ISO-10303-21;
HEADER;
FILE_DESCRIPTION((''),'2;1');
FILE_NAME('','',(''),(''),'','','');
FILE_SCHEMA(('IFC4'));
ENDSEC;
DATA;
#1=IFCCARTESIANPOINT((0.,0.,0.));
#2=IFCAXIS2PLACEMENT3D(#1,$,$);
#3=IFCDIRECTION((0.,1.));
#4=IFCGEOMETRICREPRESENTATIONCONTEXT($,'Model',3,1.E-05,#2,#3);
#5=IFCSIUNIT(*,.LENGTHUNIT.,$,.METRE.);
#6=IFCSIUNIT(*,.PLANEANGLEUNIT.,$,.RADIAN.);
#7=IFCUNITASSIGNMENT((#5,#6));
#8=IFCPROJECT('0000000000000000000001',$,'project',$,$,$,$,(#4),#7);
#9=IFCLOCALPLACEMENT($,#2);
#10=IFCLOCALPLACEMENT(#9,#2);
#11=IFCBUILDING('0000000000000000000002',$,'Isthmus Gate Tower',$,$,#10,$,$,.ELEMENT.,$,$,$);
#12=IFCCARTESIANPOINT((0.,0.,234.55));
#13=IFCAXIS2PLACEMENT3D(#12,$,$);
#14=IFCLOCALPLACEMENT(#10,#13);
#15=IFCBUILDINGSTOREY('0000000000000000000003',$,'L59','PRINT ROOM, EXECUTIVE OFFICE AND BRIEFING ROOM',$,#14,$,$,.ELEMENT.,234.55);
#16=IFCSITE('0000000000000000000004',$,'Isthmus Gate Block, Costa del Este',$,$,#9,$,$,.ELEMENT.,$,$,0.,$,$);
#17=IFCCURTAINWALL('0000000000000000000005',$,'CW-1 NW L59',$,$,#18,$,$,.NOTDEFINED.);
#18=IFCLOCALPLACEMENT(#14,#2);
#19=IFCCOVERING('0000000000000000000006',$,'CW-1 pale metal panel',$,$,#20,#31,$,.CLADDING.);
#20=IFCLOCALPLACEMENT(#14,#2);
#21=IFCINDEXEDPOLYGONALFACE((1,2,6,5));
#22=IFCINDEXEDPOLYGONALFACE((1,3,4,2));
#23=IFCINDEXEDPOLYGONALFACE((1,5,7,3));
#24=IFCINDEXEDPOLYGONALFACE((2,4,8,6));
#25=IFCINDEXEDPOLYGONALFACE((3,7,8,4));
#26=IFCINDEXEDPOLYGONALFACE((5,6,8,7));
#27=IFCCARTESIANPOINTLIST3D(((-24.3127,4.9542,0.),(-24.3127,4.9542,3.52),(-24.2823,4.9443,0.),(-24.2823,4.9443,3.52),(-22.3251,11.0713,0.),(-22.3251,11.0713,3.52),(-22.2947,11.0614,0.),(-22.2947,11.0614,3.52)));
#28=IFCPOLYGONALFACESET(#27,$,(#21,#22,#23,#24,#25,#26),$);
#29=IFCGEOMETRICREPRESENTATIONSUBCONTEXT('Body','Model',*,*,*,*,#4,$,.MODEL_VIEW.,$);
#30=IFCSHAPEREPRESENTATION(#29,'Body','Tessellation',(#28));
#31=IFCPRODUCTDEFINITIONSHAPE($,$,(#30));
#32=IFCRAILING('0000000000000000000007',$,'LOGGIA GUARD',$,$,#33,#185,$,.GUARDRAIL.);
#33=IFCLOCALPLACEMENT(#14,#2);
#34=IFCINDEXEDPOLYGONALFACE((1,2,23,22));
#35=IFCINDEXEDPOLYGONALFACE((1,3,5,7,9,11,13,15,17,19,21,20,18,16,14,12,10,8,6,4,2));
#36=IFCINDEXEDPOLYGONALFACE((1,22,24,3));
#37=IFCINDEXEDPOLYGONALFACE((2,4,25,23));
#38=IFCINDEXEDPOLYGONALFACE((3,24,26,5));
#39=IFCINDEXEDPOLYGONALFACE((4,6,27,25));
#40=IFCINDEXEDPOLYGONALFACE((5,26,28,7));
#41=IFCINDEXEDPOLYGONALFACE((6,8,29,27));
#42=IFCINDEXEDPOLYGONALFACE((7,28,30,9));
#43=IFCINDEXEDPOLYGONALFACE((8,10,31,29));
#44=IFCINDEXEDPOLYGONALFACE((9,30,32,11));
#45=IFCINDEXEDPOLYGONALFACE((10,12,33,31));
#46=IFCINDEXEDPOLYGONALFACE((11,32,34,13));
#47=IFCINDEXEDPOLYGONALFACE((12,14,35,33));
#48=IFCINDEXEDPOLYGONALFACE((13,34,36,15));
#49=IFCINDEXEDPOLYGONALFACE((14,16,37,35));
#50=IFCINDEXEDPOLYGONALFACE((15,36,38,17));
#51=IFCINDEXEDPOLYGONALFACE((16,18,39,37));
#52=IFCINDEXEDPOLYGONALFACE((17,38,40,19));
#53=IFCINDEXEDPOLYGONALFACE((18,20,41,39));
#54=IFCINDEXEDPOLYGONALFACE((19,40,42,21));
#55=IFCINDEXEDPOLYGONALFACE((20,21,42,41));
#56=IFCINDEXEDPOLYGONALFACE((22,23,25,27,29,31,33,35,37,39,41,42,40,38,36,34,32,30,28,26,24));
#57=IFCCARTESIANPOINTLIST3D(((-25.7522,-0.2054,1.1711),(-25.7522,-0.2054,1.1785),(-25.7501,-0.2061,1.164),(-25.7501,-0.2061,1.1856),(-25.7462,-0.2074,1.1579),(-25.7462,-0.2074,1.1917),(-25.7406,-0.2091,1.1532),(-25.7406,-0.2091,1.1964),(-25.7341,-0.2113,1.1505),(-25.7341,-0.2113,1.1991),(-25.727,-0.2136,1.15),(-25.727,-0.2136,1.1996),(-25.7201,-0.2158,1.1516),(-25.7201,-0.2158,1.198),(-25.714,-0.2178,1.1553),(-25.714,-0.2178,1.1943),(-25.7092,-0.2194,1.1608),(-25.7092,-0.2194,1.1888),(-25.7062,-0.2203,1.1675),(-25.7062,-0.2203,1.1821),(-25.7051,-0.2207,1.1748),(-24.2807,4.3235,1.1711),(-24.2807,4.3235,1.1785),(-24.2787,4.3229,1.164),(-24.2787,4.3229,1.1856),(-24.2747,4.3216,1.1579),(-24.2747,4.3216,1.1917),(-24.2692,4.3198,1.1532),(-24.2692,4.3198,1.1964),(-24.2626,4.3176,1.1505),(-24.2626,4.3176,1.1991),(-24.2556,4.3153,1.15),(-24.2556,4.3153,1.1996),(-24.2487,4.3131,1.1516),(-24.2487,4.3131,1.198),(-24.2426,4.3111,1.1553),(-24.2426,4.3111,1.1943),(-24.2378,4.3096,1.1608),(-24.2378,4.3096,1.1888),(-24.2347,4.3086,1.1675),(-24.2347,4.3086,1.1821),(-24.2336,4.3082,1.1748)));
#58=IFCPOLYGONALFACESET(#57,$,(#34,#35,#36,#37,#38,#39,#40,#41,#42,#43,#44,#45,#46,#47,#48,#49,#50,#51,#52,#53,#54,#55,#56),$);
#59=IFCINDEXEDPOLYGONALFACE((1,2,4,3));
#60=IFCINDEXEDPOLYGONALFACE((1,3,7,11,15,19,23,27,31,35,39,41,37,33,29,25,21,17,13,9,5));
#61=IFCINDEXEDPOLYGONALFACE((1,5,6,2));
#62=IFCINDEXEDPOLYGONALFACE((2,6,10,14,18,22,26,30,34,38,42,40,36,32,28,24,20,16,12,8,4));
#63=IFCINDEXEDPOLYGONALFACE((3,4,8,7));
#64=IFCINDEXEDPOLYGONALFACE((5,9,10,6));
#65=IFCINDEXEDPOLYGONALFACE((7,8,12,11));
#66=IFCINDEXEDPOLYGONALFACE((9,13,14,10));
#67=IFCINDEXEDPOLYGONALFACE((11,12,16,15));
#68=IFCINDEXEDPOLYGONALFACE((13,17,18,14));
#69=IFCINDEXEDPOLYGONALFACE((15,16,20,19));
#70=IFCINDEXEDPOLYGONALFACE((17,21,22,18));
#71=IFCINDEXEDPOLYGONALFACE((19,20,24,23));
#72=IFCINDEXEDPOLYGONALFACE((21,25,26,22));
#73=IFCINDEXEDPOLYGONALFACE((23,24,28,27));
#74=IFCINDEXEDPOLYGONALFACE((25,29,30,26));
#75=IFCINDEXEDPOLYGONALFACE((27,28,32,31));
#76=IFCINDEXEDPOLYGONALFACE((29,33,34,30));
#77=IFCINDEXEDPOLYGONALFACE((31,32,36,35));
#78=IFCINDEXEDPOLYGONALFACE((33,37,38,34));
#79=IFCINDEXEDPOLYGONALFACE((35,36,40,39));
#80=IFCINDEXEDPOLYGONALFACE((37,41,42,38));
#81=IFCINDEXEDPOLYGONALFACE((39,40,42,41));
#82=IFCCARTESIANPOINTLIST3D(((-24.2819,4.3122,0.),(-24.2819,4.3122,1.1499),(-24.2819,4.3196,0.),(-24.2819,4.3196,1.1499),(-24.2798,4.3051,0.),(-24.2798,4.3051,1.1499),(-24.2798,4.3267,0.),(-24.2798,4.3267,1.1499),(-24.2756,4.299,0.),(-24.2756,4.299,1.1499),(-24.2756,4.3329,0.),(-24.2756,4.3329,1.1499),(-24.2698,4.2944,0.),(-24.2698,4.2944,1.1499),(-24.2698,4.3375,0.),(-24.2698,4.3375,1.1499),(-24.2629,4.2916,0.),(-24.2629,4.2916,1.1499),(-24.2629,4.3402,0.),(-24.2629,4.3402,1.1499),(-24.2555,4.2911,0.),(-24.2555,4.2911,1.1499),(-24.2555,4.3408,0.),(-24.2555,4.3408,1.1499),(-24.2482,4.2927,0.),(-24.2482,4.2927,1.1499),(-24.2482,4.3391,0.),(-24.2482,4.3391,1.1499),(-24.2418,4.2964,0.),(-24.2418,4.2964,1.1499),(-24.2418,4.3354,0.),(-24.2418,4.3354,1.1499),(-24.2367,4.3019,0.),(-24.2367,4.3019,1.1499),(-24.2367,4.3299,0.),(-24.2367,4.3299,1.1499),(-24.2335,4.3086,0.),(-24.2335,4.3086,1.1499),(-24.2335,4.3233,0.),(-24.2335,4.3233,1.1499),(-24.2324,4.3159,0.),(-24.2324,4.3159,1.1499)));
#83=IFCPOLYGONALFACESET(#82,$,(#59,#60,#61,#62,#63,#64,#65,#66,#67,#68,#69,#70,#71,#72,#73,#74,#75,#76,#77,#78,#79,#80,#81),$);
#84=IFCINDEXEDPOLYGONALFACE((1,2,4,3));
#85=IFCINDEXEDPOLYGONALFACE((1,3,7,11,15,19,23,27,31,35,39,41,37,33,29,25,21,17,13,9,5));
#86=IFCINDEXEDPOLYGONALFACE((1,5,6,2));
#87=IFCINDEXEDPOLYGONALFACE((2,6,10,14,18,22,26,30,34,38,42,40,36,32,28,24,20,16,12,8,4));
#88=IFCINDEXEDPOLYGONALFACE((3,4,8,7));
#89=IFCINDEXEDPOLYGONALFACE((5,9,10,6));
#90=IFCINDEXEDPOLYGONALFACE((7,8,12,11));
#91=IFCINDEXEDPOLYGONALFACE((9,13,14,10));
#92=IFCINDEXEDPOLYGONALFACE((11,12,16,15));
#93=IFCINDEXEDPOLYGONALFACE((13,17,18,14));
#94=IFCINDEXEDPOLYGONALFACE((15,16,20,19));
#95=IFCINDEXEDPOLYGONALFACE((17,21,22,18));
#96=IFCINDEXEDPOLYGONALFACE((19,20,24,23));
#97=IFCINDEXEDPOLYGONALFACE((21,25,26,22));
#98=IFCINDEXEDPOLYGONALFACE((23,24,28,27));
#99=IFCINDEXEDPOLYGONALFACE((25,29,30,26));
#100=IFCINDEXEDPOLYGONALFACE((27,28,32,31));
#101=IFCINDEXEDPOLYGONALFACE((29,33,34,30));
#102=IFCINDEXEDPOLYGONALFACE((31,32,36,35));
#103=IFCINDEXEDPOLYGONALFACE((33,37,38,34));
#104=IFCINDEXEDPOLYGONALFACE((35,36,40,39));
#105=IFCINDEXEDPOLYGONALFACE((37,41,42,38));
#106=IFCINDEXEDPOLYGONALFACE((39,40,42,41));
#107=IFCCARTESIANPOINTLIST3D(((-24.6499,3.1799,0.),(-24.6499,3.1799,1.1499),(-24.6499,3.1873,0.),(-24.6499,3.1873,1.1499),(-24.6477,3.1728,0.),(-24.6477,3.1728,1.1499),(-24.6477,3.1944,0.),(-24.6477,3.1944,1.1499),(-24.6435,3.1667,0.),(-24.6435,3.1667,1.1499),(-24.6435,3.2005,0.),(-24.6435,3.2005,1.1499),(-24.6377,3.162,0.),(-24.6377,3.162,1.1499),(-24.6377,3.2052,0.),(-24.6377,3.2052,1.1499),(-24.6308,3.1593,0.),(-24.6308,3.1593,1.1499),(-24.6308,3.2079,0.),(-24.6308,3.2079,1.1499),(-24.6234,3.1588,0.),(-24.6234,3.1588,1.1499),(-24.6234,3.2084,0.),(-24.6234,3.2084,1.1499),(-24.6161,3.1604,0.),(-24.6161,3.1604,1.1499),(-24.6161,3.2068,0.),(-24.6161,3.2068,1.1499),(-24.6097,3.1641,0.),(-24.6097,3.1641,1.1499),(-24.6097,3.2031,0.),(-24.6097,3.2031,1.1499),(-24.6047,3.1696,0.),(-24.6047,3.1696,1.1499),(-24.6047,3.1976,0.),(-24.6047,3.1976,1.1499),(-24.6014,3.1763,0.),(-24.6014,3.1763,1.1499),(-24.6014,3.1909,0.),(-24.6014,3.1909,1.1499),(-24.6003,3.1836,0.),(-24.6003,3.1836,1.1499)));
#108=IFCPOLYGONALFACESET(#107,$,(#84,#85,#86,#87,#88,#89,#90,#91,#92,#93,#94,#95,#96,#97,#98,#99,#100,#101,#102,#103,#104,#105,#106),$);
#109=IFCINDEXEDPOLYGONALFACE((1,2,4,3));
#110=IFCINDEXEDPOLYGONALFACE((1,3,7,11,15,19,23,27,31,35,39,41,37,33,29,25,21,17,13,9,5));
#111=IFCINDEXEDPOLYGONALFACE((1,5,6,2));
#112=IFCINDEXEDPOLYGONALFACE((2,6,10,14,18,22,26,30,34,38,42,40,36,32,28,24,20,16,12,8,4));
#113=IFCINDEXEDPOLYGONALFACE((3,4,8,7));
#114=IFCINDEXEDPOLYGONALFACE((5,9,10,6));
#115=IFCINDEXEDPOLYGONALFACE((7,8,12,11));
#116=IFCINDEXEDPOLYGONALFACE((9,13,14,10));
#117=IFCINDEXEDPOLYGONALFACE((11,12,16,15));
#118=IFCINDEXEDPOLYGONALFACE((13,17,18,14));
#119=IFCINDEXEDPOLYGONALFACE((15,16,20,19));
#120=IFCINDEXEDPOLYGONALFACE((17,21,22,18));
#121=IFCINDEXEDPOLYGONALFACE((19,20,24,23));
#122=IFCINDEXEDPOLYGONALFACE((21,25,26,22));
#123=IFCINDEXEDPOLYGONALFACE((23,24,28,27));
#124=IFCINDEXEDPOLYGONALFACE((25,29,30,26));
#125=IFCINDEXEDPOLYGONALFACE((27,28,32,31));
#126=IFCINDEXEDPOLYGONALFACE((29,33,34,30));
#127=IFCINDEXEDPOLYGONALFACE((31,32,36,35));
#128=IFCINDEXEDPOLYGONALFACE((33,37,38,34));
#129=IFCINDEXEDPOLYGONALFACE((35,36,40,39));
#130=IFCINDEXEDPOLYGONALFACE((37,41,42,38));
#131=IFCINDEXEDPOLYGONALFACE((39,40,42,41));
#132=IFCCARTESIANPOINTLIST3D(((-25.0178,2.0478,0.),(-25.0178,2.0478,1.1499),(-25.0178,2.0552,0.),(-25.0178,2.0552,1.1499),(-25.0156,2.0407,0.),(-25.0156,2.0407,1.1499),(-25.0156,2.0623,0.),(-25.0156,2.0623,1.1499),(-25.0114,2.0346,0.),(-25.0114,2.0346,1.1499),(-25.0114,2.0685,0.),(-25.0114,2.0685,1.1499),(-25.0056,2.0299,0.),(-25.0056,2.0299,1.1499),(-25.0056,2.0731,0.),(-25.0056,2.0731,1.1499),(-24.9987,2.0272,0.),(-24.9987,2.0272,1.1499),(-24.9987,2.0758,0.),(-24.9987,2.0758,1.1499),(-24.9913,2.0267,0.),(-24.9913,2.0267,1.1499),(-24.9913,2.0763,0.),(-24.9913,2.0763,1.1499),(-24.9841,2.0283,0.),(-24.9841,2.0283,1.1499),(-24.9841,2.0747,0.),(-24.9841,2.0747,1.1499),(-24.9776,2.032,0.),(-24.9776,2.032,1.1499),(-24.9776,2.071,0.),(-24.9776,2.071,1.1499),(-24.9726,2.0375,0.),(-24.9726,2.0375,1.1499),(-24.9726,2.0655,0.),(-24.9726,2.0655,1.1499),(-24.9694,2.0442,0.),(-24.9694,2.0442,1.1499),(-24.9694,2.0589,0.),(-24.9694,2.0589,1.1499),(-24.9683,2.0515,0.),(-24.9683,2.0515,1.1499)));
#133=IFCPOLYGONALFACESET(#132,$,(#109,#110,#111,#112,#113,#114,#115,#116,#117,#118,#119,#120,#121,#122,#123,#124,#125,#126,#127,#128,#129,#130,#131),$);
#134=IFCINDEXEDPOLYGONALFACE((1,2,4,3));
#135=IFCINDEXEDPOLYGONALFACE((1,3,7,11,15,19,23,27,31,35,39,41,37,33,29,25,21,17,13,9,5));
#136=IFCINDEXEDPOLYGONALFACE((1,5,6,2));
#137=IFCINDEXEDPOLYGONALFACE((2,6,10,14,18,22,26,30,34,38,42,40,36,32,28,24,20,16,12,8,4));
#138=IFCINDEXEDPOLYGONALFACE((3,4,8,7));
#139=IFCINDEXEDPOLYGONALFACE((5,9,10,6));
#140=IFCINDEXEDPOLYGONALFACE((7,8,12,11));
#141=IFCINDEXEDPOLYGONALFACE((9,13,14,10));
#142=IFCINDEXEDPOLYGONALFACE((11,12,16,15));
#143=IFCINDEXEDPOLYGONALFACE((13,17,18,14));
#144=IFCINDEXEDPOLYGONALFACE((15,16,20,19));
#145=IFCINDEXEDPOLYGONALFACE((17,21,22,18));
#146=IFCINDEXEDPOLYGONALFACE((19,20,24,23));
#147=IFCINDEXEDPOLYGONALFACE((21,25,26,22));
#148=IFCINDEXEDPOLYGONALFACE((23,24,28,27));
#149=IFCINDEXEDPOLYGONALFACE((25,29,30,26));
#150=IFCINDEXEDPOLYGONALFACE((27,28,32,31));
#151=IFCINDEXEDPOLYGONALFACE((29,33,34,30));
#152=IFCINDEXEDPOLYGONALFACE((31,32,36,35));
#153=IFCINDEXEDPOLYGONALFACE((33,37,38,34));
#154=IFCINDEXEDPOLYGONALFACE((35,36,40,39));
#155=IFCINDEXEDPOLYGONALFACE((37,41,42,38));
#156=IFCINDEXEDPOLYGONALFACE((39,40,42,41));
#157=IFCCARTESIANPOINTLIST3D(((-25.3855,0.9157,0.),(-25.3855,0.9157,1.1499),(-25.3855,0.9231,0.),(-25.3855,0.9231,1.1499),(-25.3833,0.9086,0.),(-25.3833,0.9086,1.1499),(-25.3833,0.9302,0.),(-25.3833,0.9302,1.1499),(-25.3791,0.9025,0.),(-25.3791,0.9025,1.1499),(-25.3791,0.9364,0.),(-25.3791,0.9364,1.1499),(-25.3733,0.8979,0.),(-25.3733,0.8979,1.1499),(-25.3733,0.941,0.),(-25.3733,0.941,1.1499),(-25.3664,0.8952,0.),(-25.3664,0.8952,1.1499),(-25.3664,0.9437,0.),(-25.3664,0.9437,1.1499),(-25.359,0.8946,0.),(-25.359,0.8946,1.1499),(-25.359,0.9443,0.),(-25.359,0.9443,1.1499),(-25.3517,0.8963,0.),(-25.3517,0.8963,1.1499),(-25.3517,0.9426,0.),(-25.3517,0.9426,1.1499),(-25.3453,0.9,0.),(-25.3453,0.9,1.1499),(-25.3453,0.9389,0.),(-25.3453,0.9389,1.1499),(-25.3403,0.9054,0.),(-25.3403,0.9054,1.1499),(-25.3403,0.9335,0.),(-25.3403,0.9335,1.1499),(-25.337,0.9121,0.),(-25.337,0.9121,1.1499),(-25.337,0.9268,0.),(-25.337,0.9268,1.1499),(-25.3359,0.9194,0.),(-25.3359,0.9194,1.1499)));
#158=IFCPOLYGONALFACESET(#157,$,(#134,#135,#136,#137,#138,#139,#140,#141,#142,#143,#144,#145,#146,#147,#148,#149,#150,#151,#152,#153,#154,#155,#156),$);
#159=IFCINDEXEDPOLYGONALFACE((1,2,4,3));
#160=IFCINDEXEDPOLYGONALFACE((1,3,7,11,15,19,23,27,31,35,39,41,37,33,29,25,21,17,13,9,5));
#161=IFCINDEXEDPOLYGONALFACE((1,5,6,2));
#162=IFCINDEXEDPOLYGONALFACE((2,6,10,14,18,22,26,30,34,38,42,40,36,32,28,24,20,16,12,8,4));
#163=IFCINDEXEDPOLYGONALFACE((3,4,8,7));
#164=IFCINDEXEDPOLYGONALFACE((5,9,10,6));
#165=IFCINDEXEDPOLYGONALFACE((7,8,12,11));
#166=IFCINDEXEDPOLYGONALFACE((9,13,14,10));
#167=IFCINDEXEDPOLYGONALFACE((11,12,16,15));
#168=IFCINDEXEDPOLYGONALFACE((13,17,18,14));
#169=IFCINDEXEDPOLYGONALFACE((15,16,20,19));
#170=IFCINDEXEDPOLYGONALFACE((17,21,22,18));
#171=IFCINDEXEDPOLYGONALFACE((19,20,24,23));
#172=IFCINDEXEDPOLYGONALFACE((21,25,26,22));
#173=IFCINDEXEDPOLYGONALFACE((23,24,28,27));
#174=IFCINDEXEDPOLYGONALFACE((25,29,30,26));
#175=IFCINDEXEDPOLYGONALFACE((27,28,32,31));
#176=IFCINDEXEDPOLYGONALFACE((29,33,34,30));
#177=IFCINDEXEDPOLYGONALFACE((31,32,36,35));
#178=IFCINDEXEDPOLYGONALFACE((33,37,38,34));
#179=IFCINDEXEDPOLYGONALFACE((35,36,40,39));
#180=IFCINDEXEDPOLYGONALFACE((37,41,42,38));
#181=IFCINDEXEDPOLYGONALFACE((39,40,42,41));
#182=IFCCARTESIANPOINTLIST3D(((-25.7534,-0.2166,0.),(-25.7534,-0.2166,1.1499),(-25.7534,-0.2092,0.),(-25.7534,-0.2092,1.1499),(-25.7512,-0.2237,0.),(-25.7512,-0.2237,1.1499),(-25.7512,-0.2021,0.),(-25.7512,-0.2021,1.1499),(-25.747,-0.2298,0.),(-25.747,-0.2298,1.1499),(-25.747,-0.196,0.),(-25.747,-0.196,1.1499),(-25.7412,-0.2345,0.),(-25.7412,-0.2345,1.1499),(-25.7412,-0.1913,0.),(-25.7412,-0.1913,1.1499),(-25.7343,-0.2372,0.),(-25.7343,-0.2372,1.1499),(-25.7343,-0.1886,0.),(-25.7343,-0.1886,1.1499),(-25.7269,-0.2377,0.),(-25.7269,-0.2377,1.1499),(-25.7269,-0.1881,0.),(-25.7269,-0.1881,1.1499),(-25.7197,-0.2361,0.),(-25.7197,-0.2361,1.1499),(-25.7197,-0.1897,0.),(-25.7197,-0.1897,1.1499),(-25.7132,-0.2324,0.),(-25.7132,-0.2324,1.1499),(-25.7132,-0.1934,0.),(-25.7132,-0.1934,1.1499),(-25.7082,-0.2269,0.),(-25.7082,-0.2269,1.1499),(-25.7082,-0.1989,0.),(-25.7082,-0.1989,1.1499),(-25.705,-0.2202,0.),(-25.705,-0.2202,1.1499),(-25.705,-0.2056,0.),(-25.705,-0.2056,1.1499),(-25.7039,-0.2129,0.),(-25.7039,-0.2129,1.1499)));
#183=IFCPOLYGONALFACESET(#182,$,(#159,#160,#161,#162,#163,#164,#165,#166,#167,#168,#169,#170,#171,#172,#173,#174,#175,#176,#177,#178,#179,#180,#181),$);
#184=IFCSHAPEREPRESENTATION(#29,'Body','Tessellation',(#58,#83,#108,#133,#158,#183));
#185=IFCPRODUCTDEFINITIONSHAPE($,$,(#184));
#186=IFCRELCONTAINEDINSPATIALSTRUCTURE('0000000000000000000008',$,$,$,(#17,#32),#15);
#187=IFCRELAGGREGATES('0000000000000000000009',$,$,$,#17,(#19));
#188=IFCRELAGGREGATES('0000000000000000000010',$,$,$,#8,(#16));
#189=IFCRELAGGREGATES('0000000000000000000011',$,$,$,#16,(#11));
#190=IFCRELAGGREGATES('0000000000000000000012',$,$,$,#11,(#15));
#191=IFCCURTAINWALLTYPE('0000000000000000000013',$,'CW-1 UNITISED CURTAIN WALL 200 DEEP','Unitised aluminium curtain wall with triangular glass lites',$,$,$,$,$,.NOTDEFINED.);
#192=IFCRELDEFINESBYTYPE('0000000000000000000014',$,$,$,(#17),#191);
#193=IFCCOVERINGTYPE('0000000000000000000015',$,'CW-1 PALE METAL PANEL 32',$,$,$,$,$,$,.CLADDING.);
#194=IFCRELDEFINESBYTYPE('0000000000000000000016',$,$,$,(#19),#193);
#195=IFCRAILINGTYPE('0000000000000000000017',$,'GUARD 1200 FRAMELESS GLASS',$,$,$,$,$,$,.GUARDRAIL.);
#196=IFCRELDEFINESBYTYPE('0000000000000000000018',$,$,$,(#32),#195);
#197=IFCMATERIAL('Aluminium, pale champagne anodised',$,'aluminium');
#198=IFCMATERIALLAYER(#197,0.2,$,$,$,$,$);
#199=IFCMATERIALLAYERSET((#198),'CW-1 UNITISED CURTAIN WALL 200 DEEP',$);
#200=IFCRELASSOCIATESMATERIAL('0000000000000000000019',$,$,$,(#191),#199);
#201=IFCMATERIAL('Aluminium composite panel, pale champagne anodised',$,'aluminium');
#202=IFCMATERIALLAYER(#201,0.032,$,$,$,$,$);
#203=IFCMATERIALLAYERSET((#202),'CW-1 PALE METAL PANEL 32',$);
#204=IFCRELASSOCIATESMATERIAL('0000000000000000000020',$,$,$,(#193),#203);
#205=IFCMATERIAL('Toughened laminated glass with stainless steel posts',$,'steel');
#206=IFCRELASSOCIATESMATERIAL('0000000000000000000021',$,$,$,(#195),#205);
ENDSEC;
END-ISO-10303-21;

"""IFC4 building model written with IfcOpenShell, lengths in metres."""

from ifc_helpers import new_model, si_unit, direction, frame, origin, origin_2d, place, context, subcontext, project, spatial, rectangle, circle, extrude, material, layer, layer_set, type_object, element, aggregate, save


model = new_model("IFC4")

# Units and contexts
model_context = context("Model", 3, precision=1e-05, world=origin(), true_north=direction((0.0, 1.0)))
body_context = subcontext(model_context, "Body", "Model", "MODEL_VIEW")
ifc_project = project(units=[si_unit("LENGTHUNIT", "METRE"), si_unit("PLANEANGLEUNIT", "RADIAN")], contexts=[model_context])

# Site, building, storey
site_placement = place(None, origin())
site = spatial("IfcSite", under=ifc_project, at=site_placement, Name="Isthmus Gate Block, Costa del Este", CompositionType="ELEMENT", RefElevation=0.0)
building_placement = place(site_placement, origin())
building = spatial("IfcBuilding", under=site, at=building_placement, Name="Isthmus Gate Tower", CompositionType="ELEMENT")
storey_placement = place(building_placement, frame((0.0, 0.0, 234.55)))
storey = spatial("IfcBuildingStorey", under=building, at=storey_placement, Name="L59", Description="PRINT ROOM, EXECUTIVE OFFICE AND BRIEFING ROOM", CompositionType="ELEMENT", Elevation=234.55)

# Curtain wall
ifc_material_1 = material(Name="Aluminium, pale champagne anodised", Category="aluminium")
ifc_layer_1 = layer(ifc_material_1, 0.2)
ifc_layer_set_1 = layer_set([ifc_layer_1], Name="CW-1 UNITISED CURTAIN WALL 200 DEEP")
curtain_wall_type_1 = type_object("IfcCurtainWallType", Name="CW-1 UNITISED CURTAIN WALL 200 DEEP", Description="Unitised aluminium curtain wall with triangular glass lites", PredefinedType="NOTDEFINED", material=ifc_layer_set_1)
curtain_wall_1_placement = place(storey_placement, origin())
curtain_wall_1 = element("IfcCurtainWall", 1, at=curtain_wall_1_placement, inside=storey, type_object=curtain_wall_type_1, Name="CW-1 NW L59", PredefinedType="NOTDEFINED")

# Covering
ifc_material_2 = material(Name="Aluminium composite panel, pale champagne anodised", Category="aluminium")
ifc_layer_2 = layer(ifc_material_2, 0.032)
ifc_layer_set_2 = layer_set([ifc_layer_2], Name="CW-1 PALE METAL PANEL 32")
covering_type = type_object("IfcCoveringType", Name="CW-1 PALE METAL PANEL 32", PredefinedType="CLADDING", material=ifc_layer_set_2)
covering_placement = place(storey_placement, frame((-23.3037, 8.0078, 0.0), z_axis=(0.0, 0.0, 1.0), x_axis=(-0.309017, -0.951057, 0.0)))
covering = element("IfcCovering", 2, at=covering_placement, type_object=covering_type, Name="CW-1 pale metal panel", PredefinedType="CLADDING", context=body_context, shape_type="SweptSolid", body=[
    extrude(rectangle(XDim=6.4319, YDim=0.032, at=origin_2d()), origin(), (0.0, 0.0, 1.0), 3.52),
])
aggregate(curtain_wall_1, [covering])

# Railing
ifc_material_3 = material(Name="Toughened laminated glass with stainless steel posts", Category="steel")
railing_type_1 = type_object("IfcRailingType", Name="GUARD 1200 FRAMELESS GLASS", PredefinedType="GUARDRAIL", material=ifc_material_3)
railing_1_placement = place(storey_placement, frame((-24.2573, 4.3159, 0.0)))
element("IfcRailing", 3, at=railing_1_placement, inside=storey, type_object=railing_type_1, Name="LOGGIA GUARD", PredefinedType="GUARDRAIL", context=body_context, shape_type="SweptSolid", body=[
    extrude(circle(Radius=0.0249, at=origin_2d()), frame((0.0, 0.0, 1.1748), z_axis=(-0.309005, -0.95106, 0.0), x_axis=(0.95106, -0.309005, 0.0)), (0.0, 0.0, 1.0), 4.762),
    extrude(circle(Radius=0.0249, at=origin_2d()), origin(), (0.0, 0.0, 1.0), 1.1499),
    extrude(circle(Radius=0.0249, at=origin_2d()), frame((-0.3679, -1.1323, 0.0)), (0.0, 0.0, 1.0), 1.1499),
    extrude(circle(Radius=0.0249, at=origin_2d()), frame((-0.7358, -2.2644, 0.0)), (0.0, 0.0, 1.0), 1.1499),
    extrude(circle(Radius=0.0249, at=origin_2d()), frame((-1.1035, -3.3965, 0.0)), (0.0, 0.0, 1.0), 1.1499),
    extrude(circle(Radius=0.0249, at=origin_2d()), frame((-1.4714, -4.5288, 0.0)), (0.0, 0.0, 1.0), 1.1499),
])

save(model, "model.ifc")
